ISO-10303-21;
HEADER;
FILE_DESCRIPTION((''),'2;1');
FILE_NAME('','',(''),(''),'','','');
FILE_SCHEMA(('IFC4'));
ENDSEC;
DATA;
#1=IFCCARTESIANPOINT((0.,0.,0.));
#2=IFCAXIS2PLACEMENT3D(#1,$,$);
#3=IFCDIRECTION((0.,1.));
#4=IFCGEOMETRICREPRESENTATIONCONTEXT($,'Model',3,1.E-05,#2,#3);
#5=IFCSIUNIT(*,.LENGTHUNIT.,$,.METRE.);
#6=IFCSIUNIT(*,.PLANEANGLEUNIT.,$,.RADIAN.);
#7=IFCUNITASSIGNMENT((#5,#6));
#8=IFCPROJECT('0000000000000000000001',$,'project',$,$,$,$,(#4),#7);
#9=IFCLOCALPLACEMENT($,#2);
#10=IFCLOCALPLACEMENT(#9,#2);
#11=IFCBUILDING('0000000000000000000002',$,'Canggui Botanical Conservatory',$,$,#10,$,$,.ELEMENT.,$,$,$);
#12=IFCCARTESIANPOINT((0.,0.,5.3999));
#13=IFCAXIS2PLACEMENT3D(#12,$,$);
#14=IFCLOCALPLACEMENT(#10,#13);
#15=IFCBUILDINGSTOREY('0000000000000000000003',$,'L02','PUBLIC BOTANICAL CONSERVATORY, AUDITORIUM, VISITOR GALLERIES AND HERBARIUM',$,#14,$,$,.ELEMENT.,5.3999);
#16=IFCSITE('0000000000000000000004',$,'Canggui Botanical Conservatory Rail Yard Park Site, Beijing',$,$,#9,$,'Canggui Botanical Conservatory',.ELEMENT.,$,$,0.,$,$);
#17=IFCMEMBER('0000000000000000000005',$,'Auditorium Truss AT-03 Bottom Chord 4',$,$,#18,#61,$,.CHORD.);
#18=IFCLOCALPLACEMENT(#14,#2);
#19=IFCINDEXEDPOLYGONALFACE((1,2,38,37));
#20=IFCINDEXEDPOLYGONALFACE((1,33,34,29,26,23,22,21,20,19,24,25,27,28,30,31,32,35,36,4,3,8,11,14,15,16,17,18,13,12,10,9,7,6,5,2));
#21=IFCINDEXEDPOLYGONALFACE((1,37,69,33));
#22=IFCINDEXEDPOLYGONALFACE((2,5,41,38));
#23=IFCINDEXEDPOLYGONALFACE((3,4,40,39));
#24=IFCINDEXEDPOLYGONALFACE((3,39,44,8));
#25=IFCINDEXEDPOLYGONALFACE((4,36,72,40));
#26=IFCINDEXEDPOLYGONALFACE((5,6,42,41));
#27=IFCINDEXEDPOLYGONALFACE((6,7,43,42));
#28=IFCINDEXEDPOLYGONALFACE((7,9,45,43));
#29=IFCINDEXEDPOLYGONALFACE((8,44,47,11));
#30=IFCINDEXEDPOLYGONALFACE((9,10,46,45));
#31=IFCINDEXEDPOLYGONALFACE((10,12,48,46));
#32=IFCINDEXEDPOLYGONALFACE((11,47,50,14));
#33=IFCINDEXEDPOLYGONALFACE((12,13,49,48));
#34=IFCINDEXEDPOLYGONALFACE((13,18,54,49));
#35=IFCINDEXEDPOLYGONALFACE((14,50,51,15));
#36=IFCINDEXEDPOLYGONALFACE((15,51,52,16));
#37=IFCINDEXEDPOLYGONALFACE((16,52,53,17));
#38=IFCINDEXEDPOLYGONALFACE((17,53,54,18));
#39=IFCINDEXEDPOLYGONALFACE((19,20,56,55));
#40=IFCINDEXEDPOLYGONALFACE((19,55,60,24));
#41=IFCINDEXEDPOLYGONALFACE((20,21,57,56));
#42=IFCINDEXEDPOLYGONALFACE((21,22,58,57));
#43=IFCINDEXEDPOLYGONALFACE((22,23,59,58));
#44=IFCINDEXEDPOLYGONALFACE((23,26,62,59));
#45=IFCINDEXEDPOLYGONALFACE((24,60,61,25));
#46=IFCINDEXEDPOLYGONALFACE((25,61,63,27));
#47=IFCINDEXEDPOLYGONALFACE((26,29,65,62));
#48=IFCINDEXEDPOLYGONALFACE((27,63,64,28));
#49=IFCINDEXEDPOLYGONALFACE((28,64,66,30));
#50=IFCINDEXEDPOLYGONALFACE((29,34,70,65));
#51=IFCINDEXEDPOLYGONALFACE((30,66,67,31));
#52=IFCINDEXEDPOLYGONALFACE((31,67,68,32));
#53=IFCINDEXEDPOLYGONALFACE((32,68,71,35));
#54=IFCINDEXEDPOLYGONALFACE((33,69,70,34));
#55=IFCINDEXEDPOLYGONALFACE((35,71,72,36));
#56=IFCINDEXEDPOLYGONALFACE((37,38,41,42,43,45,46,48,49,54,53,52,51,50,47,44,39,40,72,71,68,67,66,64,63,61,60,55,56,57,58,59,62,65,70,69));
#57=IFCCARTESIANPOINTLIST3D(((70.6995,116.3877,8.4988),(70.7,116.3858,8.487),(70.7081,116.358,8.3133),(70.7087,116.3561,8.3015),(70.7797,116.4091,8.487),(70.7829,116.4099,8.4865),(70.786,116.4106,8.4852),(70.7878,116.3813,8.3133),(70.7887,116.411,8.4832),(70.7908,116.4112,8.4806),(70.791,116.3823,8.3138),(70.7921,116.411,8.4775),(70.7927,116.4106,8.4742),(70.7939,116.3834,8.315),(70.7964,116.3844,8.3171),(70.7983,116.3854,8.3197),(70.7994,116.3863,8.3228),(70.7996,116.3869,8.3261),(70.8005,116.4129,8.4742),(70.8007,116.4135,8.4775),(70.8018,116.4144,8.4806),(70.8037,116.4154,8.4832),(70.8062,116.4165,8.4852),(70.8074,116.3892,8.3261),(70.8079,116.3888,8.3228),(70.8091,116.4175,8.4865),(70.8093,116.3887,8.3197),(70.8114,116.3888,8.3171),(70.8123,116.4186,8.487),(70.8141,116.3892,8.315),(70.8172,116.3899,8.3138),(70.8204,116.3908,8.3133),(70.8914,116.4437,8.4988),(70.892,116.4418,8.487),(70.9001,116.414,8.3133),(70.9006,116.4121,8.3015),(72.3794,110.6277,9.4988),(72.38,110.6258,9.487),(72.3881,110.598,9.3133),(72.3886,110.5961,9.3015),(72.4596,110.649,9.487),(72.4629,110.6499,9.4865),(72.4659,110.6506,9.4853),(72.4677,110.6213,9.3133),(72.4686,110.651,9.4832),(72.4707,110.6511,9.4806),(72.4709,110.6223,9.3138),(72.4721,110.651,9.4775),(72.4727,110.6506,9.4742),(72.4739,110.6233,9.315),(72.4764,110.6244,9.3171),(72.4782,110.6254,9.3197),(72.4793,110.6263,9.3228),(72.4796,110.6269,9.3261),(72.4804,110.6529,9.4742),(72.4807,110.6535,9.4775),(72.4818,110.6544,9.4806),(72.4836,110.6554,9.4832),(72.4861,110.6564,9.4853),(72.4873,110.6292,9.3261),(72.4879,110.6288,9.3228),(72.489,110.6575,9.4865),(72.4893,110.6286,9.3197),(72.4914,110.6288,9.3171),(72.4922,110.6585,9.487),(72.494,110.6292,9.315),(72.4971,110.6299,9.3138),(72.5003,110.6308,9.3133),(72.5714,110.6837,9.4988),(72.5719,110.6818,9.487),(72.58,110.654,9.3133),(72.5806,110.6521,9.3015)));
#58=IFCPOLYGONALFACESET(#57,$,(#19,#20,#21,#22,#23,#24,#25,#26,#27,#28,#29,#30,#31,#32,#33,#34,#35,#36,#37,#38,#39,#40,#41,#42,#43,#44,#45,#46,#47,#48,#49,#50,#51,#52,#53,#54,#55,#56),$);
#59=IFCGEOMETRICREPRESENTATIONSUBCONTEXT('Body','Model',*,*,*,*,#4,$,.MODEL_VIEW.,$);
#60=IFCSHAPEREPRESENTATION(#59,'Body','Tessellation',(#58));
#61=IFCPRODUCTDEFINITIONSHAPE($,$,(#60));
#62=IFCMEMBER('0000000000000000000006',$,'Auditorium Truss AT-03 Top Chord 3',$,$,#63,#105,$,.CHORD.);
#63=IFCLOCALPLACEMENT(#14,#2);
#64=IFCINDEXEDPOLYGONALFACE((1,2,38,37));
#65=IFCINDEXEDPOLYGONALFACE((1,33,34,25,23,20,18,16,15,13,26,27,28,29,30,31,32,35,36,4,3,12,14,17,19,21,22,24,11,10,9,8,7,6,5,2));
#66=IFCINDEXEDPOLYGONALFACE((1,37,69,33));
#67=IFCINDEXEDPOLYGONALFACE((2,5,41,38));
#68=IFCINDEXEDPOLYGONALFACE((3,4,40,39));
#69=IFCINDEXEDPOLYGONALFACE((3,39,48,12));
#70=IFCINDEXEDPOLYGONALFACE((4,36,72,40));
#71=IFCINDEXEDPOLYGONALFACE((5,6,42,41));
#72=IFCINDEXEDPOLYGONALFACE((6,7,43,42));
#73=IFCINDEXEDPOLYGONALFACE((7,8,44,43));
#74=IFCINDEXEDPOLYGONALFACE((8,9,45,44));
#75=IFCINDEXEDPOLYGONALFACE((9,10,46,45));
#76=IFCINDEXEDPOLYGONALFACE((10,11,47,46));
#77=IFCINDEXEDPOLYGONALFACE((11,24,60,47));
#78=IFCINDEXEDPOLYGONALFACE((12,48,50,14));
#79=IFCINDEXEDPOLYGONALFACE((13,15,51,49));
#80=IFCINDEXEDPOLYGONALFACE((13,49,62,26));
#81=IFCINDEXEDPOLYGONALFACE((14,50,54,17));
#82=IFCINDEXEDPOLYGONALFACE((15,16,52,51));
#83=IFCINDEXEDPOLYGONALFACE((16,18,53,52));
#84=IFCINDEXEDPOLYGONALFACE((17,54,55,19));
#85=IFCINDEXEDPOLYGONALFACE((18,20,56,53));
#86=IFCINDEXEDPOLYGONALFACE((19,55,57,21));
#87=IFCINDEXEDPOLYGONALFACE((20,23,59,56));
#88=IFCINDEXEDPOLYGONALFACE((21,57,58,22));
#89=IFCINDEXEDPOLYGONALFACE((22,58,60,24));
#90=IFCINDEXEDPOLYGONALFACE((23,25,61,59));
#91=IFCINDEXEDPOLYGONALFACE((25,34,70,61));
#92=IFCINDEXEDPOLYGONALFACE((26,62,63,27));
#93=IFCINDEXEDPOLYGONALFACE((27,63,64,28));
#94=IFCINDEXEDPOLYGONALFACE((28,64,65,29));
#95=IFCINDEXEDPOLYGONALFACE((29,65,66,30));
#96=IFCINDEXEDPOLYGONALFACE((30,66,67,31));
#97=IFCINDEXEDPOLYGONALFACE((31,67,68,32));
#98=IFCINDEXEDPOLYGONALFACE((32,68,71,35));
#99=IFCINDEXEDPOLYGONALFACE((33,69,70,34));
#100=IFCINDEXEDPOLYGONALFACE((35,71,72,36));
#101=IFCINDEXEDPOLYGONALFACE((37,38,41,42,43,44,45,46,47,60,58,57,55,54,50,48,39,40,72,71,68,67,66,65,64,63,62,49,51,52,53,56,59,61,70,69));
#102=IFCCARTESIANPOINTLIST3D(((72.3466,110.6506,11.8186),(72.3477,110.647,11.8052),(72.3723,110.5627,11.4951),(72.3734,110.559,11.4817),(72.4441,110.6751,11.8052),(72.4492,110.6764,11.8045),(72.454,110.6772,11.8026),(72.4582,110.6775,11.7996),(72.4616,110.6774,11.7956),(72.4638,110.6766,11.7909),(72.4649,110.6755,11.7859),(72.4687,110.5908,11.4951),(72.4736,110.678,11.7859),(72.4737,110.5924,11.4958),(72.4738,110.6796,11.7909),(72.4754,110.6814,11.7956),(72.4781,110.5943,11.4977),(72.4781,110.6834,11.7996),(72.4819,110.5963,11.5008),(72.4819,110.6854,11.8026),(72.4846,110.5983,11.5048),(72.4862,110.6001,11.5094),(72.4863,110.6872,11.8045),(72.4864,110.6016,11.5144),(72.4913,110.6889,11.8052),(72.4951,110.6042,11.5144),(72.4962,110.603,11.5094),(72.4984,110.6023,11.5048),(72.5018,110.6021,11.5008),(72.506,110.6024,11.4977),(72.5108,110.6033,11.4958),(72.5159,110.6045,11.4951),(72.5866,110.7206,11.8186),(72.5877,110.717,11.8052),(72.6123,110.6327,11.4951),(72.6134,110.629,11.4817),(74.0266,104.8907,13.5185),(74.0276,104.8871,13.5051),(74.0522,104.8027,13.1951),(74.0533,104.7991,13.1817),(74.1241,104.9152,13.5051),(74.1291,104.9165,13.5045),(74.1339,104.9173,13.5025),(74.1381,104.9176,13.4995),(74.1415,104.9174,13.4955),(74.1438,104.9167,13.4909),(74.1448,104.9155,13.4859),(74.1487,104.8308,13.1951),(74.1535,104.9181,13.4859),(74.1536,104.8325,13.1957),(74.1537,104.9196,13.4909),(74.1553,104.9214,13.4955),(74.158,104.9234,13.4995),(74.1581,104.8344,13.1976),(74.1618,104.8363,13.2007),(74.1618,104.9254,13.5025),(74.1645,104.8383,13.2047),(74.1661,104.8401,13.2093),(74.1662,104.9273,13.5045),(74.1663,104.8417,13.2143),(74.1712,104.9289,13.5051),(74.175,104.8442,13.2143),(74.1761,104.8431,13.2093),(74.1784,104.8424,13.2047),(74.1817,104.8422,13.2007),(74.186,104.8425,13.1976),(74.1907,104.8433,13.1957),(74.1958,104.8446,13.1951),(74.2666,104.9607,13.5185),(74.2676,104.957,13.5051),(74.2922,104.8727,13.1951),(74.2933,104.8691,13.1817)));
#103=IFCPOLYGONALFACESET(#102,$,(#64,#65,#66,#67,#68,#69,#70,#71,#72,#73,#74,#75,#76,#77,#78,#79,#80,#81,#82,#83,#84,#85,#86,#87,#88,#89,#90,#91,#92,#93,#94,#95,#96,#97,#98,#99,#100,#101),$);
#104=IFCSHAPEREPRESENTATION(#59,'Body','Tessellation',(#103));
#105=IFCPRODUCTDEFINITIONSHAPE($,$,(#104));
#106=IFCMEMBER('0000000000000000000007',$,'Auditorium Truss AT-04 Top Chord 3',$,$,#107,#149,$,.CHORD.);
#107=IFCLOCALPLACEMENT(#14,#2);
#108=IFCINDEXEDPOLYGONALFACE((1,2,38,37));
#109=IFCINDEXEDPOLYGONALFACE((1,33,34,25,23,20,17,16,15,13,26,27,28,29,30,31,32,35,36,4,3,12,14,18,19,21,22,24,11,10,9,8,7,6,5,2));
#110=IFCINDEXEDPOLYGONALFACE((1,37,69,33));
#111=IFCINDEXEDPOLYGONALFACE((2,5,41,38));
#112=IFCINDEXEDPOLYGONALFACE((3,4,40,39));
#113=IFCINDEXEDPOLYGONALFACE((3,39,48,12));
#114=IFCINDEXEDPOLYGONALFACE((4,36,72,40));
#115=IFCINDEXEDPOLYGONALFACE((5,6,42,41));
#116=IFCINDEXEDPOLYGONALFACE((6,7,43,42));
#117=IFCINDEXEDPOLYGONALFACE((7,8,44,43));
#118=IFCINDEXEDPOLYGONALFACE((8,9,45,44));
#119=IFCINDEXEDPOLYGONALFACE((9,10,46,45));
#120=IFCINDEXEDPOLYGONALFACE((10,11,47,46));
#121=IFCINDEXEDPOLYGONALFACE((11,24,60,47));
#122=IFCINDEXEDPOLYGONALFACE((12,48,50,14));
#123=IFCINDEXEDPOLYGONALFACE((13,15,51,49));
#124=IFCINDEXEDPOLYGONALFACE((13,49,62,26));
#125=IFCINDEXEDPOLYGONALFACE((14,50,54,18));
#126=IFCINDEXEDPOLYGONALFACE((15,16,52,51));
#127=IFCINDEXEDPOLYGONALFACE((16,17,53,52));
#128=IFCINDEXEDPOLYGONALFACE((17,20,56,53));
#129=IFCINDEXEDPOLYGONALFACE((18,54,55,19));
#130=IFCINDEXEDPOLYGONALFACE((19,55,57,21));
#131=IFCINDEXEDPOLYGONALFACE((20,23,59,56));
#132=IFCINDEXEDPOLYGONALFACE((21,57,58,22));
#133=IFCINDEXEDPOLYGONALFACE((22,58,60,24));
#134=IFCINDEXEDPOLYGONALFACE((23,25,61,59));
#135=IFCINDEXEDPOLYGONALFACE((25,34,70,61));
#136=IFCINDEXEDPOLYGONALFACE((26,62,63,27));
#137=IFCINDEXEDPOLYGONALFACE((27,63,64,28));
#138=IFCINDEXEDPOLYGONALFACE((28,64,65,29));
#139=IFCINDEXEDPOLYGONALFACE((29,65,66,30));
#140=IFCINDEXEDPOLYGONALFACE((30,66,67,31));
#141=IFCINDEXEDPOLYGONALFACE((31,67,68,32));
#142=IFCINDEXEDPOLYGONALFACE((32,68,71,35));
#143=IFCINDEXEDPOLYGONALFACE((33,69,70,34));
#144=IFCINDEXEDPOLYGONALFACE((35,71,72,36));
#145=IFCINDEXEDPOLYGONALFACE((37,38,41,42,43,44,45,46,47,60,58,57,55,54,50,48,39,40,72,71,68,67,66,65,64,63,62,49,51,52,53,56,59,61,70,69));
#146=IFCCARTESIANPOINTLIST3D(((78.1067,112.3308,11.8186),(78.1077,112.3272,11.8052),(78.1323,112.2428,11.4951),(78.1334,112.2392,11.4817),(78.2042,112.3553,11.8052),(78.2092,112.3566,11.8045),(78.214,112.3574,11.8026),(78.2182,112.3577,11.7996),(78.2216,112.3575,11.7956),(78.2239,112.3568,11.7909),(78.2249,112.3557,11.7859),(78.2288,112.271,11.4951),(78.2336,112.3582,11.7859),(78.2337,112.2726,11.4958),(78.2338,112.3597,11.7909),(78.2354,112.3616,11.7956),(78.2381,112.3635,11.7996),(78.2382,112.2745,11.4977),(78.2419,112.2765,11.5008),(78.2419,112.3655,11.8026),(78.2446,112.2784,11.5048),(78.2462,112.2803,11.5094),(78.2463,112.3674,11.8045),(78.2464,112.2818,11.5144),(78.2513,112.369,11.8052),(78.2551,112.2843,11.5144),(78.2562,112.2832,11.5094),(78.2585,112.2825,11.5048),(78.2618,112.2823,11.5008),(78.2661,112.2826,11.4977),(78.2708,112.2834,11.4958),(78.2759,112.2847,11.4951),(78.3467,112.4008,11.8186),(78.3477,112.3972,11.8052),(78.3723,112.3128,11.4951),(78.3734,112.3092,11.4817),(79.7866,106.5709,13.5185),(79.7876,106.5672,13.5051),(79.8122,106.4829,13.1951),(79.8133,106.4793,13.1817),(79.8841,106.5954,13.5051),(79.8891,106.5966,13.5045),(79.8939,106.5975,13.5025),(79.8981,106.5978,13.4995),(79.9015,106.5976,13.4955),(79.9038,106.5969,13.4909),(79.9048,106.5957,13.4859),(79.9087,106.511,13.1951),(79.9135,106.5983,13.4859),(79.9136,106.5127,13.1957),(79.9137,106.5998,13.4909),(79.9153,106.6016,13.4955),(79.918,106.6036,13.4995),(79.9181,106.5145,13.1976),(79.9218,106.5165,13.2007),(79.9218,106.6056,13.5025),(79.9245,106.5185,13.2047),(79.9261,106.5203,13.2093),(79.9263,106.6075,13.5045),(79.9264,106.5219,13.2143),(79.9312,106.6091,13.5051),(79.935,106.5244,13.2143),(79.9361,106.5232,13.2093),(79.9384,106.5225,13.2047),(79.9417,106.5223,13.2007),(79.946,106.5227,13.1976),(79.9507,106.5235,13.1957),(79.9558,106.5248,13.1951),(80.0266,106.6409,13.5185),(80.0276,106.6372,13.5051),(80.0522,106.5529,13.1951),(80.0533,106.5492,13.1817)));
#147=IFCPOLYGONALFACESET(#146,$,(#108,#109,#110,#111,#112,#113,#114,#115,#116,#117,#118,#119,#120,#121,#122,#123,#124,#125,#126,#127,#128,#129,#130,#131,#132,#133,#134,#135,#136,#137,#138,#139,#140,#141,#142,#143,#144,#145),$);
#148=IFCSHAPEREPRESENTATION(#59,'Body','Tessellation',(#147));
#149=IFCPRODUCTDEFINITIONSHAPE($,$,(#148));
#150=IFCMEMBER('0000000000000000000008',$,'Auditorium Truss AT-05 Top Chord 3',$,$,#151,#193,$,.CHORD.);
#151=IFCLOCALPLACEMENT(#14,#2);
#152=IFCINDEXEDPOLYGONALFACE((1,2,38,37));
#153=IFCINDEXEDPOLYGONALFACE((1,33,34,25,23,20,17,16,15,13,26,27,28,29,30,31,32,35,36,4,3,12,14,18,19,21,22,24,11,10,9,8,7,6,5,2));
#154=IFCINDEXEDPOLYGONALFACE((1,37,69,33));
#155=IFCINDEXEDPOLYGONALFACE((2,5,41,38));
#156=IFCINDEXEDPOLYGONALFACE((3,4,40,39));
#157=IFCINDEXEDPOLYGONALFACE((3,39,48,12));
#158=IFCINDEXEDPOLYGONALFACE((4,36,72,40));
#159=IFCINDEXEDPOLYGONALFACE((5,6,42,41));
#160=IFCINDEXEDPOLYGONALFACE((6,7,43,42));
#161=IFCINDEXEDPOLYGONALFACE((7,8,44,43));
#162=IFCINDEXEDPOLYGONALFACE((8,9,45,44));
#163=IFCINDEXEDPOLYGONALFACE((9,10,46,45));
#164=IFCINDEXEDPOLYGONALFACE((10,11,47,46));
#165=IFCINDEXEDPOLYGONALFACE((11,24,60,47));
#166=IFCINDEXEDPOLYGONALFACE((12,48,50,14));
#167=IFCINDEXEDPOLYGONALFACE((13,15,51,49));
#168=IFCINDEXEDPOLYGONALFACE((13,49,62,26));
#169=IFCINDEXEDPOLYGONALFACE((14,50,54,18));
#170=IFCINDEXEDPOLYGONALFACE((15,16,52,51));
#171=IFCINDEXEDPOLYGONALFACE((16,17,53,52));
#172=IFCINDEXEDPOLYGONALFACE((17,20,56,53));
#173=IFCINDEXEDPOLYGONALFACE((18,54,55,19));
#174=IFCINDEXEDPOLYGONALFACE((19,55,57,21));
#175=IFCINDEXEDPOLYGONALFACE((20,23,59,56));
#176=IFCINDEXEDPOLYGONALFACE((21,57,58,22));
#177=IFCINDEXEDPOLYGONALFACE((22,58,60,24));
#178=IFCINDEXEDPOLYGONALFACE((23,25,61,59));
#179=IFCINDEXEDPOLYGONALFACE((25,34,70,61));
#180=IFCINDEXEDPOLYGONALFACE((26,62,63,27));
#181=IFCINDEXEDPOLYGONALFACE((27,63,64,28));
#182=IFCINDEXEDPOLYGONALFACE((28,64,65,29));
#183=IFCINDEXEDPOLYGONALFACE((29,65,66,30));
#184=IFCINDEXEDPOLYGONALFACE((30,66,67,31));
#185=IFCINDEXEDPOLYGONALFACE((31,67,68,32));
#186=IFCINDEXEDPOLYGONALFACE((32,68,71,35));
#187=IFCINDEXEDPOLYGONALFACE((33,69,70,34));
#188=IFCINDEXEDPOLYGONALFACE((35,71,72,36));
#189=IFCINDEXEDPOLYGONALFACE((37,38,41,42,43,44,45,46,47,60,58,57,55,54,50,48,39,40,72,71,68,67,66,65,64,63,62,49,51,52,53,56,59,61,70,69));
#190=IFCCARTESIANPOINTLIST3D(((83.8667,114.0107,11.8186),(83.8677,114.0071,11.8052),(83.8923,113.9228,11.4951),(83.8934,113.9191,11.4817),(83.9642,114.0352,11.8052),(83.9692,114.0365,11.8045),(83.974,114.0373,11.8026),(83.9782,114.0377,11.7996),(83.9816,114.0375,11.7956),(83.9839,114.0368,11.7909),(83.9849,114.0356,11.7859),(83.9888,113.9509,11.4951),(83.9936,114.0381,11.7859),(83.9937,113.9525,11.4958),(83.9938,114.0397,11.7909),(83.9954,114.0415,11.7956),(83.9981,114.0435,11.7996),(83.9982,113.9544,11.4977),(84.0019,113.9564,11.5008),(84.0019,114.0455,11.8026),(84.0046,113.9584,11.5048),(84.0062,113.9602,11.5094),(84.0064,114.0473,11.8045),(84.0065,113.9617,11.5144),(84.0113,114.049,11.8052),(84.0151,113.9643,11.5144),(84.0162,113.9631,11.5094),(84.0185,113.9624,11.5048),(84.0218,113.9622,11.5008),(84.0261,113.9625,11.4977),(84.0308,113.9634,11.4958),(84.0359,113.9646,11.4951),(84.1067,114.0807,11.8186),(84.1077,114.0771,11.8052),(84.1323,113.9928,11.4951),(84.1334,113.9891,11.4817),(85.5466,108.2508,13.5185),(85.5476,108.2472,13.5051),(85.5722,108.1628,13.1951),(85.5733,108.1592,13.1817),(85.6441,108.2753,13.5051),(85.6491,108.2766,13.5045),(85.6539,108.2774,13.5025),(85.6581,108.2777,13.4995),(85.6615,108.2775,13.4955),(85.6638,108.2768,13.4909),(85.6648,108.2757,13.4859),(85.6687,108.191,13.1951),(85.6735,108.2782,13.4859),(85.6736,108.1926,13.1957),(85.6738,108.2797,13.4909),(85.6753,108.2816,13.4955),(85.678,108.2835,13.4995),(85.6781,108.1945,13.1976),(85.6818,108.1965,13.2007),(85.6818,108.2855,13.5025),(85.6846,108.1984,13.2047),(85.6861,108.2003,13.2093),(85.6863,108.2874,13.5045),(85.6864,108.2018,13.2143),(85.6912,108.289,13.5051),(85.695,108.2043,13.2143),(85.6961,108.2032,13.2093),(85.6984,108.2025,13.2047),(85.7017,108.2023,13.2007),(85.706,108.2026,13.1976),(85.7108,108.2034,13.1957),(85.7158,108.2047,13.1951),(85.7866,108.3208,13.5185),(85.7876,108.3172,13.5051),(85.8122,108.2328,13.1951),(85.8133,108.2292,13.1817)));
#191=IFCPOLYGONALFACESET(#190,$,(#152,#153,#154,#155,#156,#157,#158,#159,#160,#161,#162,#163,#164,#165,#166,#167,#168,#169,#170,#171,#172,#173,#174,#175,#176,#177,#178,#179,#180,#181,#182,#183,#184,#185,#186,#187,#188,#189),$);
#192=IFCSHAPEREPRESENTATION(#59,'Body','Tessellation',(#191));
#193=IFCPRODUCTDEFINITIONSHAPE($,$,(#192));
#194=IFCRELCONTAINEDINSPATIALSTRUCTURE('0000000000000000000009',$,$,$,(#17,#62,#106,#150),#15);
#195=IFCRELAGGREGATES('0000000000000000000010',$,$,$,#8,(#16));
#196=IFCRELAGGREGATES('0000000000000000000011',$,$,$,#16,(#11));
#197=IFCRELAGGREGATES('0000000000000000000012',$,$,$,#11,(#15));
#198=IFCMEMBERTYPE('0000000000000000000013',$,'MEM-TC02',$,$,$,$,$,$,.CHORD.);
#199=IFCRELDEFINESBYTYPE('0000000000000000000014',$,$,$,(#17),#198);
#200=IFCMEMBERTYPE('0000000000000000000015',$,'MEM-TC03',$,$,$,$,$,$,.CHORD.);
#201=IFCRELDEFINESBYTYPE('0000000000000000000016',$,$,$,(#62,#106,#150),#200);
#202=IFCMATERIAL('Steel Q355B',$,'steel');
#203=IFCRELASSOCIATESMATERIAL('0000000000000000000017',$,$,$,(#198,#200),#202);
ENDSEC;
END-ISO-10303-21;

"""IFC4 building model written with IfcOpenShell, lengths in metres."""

from ifc_helpers import new_model, si_unit, direction, frame, origin, origin_2d, place, context, subcontext, project, spatial, i_section, extrude, material, material_profile, profile_set, type_object, element, save


model = new_model("IFC4")

# Units and contexts
model_context = context("Model", 3, precision=1e-05, world=origin(), true_north=direction((0.0, 1.0)))
body_context = subcontext(model_context, "Body", "Model", "MODEL_VIEW")
ifc_project = project(units=[si_unit("LENGTHUNIT", "METRE"), si_unit("PLANEANGLEUNIT", "RADIAN")], contexts=[model_context])

# Site, building, storey
site_placement = place(None, origin())
site = spatial("IfcSite", under=ifc_project, at=site_placement, Name="Canggui Botanical Conservatory Rail Yard Park Site, Beijing", LongName="Canggui Botanical Conservatory", CompositionType="ELEMENT", RefElevation=0.0)
building_placement = place(site_placement, origin())
building = spatial("IfcBuilding", under=site, at=building_placement, Name="Canggui Botanical Conservatory", CompositionType="ELEMENT")
storey_placement = place(building_placement, frame((0.0, 0.0, 5.3999)))
storey = spatial("IfcBuildingStorey", under=building, at=storey_placement, Name="L02", Description="PUBLIC BOTANICAL CONSERVATORY, AUDITORIUM, VISITOR GALLERIES AND HERBARIUM", CompositionType="ELEMENT", Elevation=5.3999)

# Shared definitions
ifc_material_1 = material(Name="Steel Q355B", Category="steel")

# Members
ifc_material_profile_1 = material_profile(ifc_material_1, i_section(OverallWidth=0.2, OverallDepth=0.2, WebThickness=0.0081, FlangeThickness=0.012, FilletRadius=0.0129, at=origin_2d()), Name="HW 200x200x8x12")
ifc_profile_set_1 = profile_set([ifc_material_profile_1], Name="Steel Q355B")
member_type_1 = type_object("IfcMemberType", Name="MEM-TC02", PredefinedType="CHORD", material=ifc_profile_set_1)
member_1_placement = place(storey_placement, frame((72.48, 110.6399, 9.4001), z_axis=(-0.276179, 0.946941, -0.164399), x_axis=(-0.960003, -0.279989, 0.0)))
element("IfcMember", 1, at=member_1_placement, inside=storey, type_object=member_type_1, Name="Auditorium Truss AT-03 Bottom Chord 4", PredefinedType="CHORD", context=body_context, shape_type="SweptSolid", body=[
    extrude(i_section(OverallWidth=0.2, OverallDepth=0.2, WebThickness=0.0081, FlangeThickness=0.012, FilletRadius=0.0129, at=origin_2d()), origin(), (0.0, 0.0, 1.0), 6.0828),
])
ifc_material_profile_2 = material_profile(ifc_material_1, i_section(OverallWidth=0.25, OverallDepth=0.3501, WebThickness=0.009, FlangeThickness=0.0139, FilletRadius=0.02, at=origin_2d()), Name="HM 350x250x9x14")
ifc_profile_set_2 = profile_set([ifc_material_profile_2], Name="Steel Q355B")
member_type_2 = type_object("IfcMemberType", Name="MEM-TC03", PredefinedType="CHORD", material=ifc_profile_set_2)
for number, where, z_axis, x_axis, name in (
    (2, (74.1599, 104.8799, 13.3501), (-0.269386, 0.923647, -0.272596), (-0.960003, -0.279989, 0.0), "Auditorium Truss AT-03 Top Chord 3"),
    (3, (79.9199, 106.5601, 13.3501), (-0.269386, 0.923647, -0.272596), (-0.960003, -0.279989, 0.0), "Auditorium Truss AT-04 Top Chord 3"),
    (4, (85.6799, 108.24, 13.3501), (-0.269386, 0.923647, -0.272596), (-0.960003, -0.279989, 0.0), "Auditorium Truss AT-05 Top Chord 3"),
):
    element("IfcMember", number, at=place(storey_placement, frame(where, z_axis=z_axis, x_axis=x_axis)), inside=storey, type_object=member_type_2, Name=name, PredefinedType="CHORD", context=body_context, shape_type="SweptSolid", body=[
        extrude(i_section(OverallWidth=0.25, OverallDepth=0.3501, WebThickness=0.009, FlangeThickness=0.0139, FilletRadius=0.02, at=origin_2d()), origin(), (0.0, 0.0, 1.0), 6.2361),
    ])

save(model, "model.ifc")
